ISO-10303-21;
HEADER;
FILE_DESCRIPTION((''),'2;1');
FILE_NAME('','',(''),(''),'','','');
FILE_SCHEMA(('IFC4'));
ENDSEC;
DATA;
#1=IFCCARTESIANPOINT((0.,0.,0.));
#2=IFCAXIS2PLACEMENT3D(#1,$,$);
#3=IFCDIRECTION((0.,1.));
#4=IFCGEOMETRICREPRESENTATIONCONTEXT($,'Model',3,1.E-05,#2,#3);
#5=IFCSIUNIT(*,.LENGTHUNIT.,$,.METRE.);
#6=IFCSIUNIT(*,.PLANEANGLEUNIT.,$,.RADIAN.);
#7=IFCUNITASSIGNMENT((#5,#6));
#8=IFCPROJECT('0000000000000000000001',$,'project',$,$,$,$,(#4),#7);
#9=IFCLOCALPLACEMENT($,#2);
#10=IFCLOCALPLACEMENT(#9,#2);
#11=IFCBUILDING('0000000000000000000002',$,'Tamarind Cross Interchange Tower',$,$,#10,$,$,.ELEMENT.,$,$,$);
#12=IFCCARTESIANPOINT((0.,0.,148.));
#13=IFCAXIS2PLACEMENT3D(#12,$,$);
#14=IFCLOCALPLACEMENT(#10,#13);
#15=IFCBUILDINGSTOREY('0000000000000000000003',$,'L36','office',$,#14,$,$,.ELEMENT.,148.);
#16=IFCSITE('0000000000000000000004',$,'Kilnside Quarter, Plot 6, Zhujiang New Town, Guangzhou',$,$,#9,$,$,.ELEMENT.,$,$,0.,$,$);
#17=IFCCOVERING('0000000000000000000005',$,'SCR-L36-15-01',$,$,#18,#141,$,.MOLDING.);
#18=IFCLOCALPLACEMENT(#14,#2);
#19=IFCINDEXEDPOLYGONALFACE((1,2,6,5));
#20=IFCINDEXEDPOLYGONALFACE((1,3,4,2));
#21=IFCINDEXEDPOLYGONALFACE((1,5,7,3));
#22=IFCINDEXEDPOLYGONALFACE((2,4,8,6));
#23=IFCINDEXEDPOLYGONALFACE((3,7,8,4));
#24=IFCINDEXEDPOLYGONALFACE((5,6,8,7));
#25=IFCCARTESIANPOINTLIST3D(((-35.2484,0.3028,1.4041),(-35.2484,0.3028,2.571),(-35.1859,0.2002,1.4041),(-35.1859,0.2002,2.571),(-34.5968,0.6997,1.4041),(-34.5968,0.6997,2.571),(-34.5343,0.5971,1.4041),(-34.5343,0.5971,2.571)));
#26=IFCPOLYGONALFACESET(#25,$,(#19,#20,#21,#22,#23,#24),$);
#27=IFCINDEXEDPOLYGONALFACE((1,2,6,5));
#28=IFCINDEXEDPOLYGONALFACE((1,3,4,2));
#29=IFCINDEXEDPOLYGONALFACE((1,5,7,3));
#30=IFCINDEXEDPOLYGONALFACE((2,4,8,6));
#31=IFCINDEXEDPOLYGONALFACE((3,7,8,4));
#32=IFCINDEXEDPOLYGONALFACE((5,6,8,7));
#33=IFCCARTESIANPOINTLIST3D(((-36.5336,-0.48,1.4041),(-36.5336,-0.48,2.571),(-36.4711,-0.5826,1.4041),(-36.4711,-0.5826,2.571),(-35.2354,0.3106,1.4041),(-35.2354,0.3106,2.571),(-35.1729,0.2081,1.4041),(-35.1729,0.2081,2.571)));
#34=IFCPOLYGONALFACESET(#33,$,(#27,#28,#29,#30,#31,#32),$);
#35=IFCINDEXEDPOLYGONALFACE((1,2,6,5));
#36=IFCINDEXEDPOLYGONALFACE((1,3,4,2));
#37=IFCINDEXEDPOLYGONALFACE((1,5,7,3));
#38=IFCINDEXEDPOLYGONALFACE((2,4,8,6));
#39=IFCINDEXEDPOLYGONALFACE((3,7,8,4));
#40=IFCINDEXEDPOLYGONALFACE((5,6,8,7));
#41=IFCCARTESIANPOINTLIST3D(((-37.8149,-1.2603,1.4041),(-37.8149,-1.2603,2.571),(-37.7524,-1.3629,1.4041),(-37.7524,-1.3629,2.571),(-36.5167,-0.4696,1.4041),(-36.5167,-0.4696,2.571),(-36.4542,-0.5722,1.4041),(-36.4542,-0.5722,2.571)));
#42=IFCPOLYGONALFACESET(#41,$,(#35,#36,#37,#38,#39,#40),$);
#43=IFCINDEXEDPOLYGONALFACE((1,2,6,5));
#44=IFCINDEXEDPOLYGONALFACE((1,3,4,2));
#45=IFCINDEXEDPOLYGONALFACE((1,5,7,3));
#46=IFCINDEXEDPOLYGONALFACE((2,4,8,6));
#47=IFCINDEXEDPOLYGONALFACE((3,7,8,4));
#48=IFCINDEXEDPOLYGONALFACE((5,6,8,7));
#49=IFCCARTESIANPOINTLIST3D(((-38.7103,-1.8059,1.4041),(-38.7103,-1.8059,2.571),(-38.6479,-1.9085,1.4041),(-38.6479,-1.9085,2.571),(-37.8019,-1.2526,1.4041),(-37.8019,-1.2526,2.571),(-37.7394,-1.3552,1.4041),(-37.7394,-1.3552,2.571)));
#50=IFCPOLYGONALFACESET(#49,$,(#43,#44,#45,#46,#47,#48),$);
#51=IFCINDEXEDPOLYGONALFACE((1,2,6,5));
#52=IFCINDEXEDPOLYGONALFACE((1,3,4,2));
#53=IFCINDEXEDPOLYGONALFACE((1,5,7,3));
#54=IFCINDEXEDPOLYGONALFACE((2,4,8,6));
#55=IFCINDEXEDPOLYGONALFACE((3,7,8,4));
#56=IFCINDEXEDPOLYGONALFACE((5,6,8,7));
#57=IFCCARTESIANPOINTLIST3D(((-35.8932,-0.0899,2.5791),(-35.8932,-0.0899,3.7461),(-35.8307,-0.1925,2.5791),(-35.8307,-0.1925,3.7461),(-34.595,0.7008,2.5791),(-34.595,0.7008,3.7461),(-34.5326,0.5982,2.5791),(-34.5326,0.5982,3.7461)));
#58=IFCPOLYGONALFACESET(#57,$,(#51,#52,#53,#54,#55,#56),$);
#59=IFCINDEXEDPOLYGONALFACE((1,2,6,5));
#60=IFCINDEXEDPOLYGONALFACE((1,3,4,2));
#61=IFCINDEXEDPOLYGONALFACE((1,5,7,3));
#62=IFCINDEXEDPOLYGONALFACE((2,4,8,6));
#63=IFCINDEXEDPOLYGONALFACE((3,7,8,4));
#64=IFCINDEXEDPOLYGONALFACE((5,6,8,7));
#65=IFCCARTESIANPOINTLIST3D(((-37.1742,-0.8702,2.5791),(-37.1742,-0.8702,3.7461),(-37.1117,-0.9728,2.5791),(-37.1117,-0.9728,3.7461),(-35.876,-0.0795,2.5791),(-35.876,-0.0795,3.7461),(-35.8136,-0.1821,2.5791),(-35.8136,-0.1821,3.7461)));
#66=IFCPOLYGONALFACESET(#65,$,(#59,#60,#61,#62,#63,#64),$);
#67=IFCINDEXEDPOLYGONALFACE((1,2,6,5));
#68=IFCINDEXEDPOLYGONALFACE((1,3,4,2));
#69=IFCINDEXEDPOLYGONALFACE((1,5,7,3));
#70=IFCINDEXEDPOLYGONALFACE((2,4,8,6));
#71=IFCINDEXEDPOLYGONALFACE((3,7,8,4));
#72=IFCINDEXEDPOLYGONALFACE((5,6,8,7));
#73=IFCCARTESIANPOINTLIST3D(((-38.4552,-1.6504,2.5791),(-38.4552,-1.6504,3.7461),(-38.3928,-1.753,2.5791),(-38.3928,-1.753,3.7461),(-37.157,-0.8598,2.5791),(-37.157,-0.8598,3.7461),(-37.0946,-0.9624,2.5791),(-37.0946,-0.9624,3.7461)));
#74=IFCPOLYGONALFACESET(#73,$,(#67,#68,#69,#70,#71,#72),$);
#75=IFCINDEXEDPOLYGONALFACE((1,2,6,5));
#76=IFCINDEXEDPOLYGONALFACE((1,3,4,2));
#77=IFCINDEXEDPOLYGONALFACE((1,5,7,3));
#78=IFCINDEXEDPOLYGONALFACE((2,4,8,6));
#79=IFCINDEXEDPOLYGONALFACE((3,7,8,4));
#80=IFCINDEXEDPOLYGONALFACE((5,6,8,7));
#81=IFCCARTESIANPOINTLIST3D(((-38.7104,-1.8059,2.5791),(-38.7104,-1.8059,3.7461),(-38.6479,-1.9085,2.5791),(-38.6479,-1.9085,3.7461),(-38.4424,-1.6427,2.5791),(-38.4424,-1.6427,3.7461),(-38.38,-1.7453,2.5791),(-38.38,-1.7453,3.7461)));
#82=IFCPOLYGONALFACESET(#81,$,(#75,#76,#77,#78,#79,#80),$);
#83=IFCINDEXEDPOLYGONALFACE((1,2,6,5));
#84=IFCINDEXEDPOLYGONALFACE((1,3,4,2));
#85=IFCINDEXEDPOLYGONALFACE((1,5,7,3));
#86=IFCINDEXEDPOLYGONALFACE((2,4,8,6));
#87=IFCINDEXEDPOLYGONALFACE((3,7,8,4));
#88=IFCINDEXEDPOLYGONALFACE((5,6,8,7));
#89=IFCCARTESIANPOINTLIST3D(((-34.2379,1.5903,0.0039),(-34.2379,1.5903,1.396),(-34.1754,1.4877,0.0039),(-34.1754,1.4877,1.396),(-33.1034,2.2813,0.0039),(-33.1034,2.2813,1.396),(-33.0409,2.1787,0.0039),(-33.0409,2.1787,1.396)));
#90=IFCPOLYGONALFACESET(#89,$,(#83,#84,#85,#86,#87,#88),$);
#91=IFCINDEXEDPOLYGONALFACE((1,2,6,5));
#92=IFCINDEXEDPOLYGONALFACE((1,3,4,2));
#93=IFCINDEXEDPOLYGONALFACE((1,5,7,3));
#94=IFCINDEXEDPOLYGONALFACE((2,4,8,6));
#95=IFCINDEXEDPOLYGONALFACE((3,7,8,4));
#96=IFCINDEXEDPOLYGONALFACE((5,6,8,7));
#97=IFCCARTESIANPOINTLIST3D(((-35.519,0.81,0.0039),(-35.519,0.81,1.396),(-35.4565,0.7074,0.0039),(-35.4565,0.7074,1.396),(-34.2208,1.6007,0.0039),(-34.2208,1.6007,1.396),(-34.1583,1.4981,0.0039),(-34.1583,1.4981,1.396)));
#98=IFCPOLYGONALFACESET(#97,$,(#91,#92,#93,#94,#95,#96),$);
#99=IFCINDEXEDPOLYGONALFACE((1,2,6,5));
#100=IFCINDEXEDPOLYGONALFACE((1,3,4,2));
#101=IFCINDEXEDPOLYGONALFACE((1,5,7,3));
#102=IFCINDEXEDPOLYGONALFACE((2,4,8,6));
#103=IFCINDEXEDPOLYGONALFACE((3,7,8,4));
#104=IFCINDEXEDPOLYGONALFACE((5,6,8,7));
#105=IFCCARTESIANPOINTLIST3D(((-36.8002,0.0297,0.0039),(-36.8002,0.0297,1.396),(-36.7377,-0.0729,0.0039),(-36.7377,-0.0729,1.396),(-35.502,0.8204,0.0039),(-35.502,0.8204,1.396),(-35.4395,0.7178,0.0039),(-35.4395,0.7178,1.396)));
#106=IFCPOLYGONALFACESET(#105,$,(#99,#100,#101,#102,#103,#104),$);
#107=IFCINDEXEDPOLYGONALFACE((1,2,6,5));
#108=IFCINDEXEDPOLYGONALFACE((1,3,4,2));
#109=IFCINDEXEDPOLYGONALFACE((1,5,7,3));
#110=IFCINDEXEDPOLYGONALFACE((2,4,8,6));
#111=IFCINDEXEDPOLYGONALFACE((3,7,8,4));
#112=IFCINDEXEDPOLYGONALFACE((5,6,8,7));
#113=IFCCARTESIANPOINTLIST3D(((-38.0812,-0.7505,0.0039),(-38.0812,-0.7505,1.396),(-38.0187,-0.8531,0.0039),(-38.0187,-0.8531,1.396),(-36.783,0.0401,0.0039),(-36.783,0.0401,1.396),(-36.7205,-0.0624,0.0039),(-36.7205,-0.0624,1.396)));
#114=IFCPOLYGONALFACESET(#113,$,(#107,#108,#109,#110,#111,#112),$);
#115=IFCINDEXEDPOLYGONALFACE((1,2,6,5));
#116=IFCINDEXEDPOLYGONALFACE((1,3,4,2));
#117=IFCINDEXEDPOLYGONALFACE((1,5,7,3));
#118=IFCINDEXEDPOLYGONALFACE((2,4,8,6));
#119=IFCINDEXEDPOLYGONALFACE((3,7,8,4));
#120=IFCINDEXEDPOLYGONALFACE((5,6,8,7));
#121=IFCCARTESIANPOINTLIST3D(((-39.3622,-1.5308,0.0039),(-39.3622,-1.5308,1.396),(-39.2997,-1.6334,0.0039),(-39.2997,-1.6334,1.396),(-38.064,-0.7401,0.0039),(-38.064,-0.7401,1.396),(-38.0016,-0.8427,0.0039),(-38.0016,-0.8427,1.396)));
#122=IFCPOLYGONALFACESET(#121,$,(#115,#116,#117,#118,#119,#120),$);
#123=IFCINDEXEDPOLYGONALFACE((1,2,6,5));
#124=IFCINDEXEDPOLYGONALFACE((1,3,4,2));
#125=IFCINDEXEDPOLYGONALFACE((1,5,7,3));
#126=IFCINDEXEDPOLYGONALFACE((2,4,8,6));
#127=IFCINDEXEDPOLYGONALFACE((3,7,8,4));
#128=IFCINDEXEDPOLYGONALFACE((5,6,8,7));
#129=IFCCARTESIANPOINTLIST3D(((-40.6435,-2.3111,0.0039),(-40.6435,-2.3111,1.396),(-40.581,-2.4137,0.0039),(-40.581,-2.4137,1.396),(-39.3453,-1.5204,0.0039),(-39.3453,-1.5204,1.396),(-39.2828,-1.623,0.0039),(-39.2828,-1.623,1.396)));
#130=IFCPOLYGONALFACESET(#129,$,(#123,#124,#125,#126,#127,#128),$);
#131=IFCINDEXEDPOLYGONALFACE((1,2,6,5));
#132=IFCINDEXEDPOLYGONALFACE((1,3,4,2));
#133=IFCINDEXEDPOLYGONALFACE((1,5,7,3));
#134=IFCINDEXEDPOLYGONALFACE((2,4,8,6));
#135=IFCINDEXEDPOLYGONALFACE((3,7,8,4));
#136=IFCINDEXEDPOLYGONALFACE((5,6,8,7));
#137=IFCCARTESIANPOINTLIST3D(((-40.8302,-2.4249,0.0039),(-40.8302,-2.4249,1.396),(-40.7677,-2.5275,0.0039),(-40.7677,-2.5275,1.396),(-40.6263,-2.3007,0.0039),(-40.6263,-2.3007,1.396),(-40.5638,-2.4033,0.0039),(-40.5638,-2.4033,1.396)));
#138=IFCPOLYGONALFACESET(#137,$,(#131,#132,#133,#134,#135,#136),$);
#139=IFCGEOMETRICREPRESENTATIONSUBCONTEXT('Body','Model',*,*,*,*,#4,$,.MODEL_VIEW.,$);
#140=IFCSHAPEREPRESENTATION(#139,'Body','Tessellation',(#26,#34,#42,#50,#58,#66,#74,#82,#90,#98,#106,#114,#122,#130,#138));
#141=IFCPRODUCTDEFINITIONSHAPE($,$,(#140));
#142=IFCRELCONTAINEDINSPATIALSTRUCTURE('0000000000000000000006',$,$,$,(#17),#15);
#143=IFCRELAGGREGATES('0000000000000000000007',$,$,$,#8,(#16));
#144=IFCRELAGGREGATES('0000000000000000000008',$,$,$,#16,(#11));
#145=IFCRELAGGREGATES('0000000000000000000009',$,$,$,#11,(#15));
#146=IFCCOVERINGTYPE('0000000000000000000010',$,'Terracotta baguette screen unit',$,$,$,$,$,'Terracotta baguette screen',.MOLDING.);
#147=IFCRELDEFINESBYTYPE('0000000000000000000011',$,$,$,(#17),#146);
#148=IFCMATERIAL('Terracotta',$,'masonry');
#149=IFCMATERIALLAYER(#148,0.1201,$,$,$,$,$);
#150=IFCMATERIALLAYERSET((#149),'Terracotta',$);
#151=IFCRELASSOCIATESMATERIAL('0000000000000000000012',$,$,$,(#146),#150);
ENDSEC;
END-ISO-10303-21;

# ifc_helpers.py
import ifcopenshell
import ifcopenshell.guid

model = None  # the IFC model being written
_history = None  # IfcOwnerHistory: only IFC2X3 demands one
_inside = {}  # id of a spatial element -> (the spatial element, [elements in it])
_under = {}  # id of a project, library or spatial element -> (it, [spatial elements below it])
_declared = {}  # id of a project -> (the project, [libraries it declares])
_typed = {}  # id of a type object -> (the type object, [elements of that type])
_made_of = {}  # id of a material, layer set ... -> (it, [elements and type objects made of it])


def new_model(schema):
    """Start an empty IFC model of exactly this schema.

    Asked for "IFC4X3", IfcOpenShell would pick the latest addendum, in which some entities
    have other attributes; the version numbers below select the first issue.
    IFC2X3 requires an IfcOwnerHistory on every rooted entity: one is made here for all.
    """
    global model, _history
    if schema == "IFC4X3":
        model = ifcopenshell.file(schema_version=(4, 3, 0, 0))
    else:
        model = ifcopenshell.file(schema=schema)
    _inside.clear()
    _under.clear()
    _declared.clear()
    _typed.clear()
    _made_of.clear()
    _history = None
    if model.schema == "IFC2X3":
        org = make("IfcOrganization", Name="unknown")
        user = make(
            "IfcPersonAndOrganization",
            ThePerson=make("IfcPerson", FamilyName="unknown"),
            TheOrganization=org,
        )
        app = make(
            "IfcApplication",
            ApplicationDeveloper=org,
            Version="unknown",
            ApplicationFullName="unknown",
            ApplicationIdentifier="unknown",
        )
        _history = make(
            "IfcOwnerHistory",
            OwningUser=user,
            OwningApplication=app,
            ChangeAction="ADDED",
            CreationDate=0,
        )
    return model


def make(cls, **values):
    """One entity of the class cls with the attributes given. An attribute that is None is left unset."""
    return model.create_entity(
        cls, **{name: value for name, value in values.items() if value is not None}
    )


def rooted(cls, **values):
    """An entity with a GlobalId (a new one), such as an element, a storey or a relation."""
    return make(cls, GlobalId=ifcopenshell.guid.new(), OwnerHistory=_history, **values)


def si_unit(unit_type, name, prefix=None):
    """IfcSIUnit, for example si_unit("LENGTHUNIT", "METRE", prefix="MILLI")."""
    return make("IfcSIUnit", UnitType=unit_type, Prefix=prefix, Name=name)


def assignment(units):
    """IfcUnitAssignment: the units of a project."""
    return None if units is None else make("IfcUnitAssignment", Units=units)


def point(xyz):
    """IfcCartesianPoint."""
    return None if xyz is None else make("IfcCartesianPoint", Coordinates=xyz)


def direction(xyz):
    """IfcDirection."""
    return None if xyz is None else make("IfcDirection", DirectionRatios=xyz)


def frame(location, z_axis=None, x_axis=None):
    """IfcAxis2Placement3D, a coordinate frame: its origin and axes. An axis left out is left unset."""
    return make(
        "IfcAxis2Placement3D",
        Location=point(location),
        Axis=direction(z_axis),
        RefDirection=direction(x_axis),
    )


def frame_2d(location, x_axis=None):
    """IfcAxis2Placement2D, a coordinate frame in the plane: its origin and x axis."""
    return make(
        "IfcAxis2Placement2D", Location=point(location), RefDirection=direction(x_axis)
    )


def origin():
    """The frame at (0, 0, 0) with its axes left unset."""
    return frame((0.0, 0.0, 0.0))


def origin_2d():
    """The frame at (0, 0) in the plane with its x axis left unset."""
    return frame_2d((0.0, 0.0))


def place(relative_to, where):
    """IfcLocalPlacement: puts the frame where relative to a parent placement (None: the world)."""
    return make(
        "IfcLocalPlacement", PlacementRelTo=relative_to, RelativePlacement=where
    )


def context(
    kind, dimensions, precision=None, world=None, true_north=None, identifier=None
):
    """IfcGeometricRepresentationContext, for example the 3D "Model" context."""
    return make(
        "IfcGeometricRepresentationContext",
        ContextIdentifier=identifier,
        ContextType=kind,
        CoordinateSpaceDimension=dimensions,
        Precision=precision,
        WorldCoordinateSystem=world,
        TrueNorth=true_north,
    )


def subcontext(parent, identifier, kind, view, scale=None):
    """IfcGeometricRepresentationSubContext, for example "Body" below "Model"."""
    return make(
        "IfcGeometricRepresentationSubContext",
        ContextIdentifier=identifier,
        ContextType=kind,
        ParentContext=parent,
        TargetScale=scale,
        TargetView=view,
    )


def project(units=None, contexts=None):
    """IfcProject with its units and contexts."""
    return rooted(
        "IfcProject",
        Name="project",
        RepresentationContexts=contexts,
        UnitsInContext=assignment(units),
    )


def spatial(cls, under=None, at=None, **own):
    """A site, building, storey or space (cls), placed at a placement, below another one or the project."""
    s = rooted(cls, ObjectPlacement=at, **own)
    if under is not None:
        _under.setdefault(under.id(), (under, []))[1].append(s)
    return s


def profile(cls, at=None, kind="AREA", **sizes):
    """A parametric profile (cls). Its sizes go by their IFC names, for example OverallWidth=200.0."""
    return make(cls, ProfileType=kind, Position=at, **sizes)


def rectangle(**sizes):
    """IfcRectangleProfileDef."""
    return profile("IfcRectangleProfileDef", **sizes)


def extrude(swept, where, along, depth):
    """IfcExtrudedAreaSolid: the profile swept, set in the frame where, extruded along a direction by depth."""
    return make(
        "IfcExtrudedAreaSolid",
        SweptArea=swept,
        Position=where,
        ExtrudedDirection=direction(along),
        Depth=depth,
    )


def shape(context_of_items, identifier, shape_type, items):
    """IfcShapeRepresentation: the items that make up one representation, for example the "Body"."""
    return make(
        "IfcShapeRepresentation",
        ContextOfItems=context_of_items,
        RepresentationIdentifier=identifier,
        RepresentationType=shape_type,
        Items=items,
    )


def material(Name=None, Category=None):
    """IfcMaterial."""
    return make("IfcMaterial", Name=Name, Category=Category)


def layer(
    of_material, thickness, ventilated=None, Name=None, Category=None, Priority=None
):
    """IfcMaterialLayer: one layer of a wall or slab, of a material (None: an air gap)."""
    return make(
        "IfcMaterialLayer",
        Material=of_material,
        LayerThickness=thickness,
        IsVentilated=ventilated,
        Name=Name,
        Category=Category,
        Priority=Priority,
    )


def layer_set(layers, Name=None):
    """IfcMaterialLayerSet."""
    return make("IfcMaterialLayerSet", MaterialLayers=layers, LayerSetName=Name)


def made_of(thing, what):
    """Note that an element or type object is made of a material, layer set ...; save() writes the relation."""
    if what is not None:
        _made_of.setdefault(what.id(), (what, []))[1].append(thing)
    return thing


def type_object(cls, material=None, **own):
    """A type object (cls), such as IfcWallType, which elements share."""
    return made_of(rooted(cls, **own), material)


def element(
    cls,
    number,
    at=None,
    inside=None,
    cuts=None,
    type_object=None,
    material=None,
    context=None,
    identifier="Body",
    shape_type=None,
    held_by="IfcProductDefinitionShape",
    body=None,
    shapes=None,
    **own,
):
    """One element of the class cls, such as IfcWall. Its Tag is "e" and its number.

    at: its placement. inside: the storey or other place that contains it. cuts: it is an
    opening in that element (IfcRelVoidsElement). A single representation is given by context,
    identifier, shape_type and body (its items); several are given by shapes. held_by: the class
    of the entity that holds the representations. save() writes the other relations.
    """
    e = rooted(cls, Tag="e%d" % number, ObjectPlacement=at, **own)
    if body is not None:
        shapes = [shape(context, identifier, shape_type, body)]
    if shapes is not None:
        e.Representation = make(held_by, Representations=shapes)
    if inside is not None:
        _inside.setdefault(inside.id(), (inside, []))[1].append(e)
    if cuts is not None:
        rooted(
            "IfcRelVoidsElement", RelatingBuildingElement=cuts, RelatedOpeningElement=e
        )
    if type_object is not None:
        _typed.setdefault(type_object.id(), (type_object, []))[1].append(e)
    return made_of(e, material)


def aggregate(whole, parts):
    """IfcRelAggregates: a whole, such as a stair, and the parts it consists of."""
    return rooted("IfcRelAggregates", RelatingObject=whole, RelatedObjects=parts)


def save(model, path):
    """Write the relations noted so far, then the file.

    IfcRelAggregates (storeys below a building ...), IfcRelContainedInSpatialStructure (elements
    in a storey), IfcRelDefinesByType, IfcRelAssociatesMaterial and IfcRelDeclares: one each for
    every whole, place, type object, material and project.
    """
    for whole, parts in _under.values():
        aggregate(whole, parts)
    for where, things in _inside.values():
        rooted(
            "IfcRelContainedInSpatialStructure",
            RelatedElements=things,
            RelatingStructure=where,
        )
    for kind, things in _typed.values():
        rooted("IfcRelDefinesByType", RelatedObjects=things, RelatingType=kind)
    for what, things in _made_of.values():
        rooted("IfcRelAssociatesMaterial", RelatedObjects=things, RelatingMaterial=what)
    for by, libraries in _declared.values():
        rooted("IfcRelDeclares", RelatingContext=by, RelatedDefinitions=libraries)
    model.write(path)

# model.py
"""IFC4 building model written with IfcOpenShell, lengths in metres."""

from ifc_helpers import new_model, si_unit, direction, frame, origin, origin_2d, place, context, subcontext, project, spatial, rectangle, extrude, material, layer, layer_set, type_object, element, save


model = new_model("IFC4")

# Units and contexts
model_context = context("Model", 3, precision=1e-05, world=origin(), true_north=direction((0.0, 1.0)))
body_context = subcontext(model_context, "Body", "Model", "MODEL_VIEW")
ifc_project = project(units=[si_unit("LENGTHUNIT", "METRE"), si_unit("PLANEANGLEUNIT", "RADIAN")], contexts=[model_context])

# Site, building, storey
site_placement = place(None, origin())
site = spatial("IfcSite", under=ifc_project, at=site_placement, Name="Kilnside Quarter, Plot 6, Zhujiang New Town, Guangzhou", CompositionType="ELEMENT", RefElevation=0.0)
building_placement = place(site_placement, origin())
building = spatial("IfcBuilding", under=site, at=building_placement, Name="Tamarind Cross Interchange Tower", CompositionType="ELEMENT")
storey_placement = place(building_placement, frame((0.0, 0.0, 148.0)))
storey = spatial("IfcBuildingStorey", under=building, at=storey_placement, Name="L36", Description="office", CompositionType="ELEMENT", Elevation=148.0)

# Covering
ifc_material_1 = material(Name="Terracotta", Category="masonry")
ifc_layer_1 = layer(ifc_material_1, 0.1201)
ifc_layer_set_1 = layer_set([ifc_layer_1], Name="Terracotta")
covering_type = type_object("IfcCoveringType", Name="Terracotta baguette screen unit", ElementType="Terracotta baguette screen", PredefinedType="MOLDING", material=ifc_layer_set_1)
covering_1_placement = place(storey_placement, origin())
element("IfcCovering", 1, at=covering_1_placement, inside=storey, type_object=covering_type, Name="SCR-L36-15-01", PredefinedType="MOLDING", context=body_context, shape_type="SweptSolid", body=[
    extrude(rectangle(XDim=0.7629, YDim=0.1201, at=origin_2d()), frame((-34.8914, 0.45, 1.4041), z_axis=(0.0, 0.0, 1.0), x_axis=(-0.85406, -0.520175, 0.0)), (0.0, 0.0, 1.0), 1.167),
    extrude(rectangle(XDim=1.52, YDim=0.1201, at=origin_2d()), frame((-35.8533, -0.136, 1.4041), z_axis=(0.0, 0.0, 1.0), x_axis=(-0.85406, -0.520175, 0.0)), (0.0, 0.0, 1.0), 1.167),
    extrude(rectangle(XDim=1.52, YDim=0.1201, at=origin_2d()), frame((-37.1345, -0.9163, 1.4041), z_axis=(0.0, 0.0, 1.0), x_axis=(-0.85406, -0.520175, 0.0)), (0.0, 0.0, 1.0), 1.167),
    extrude(rectangle(XDim=1.0637, YDim=0.1201, at=origin_2d()), frame((-38.2249, -1.5806, 1.4041), z_axis=(0.0, 0.0, 1.0), x_axis=(-0.85406, -0.520175, 0.0)), (0.0, 0.0, 1.0), 1.167),
    extrude(rectangle(XDim=1.52, YDim=0.1201, at=origin_2d()), frame((-35.2129, 0.2542, 2.5791), z_axis=(0.0, 0.0, 1.0), x_axis=(-0.85406, -0.520175, 0.0)), (0.0, 0.0, 1.0), 1.167),
    extrude(rectangle(XDim=1.52, YDim=0.1201, at=origin_2d()), frame((-36.4939, -0.5261, 2.5791), z_axis=(0.0, 0.0, 1.0), x_axis=(-0.85406, -0.520175, 0.0)), (0.0, 0.0, 1.0), 1.167),
    extrude(rectangle(XDim=1.52, YDim=0.1201, at=origin_2d()), frame((-37.7749, -1.3064, 2.5791), z_axis=(0.0, 0.0, 1.0), x_axis=(-0.85406, -0.520175, 0.0)), (0.0, 0.0, 1.0), 1.167),
    extrude(rectangle(XDim=0.3137, YDim=0.1201, at=origin_2d()), frame((-38.5452, -1.7756, 2.5791), z_axis=(0.0, 0.0, 1.0), x_axis=(-0.85406, -0.520175, 0.0)), (0.0, 0.0, 1.0), 1.167),
    extrude(rectangle(XDim=1.3284, YDim=0.1201, at=origin_2d()), frame((-33.6394, 1.8845, 0.0039), z_axis=(0.0, 0.0, 1.0), x_axis=(-0.85406, -0.520175, 0.0)), (0.0, 0.0, 1.0), 1.3921),
    extrude(rectangle(XDim=1.52, YDim=0.1201, at=origin_2d()), frame((-34.8386, 1.1541, 0.0039), z_axis=(0.0, 0.0, 1.0), x_axis=(-0.85406, -0.520175, 0.0)), (0.0, 0.0, 1.0), 1.3921),
    extrude(rectangle(XDim=1.52, YDim=0.1201, at=origin_2d()), frame((-36.1199, 0.3738, 0.0039), z_axis=(0.0, 0.0, 1.0), x_axis=(-0.85406, -0.520175, 0.0)), (0.0, 0.0, 1.0), 1.3921),
    extrude(rectangle(XDim=1.52, YDim=0.1201, at=origin_2d()), frame((-37.4009, -0.4065, 0.0039), z_axis=(0.0, 0.0, 1.0), x_axis=(-0.85406, -0.520175, 0.0)), (0.0, 0.0, 1.0), 1.3921),
    extrude(rectangle(XDim=1.52, YDim=0.1201, at=origin_2d()), frame((-38.6819, -1.1868, 0.0039), z_axis=(0.0, 0.0, 1.0), x_axis=(-0.85406, -0.520175, 0.0)), (0.0, 0.0, 1.0), 1.3921),
    extrude(rectangle(XDim=1.52, YDim=0.1201, at=origin_2d()), frame((-39.9631, -1.967, 0.0039), z_axis=(0.0, 0.0, 1.0), x_axis=(-0.85406, -0.520175, 0.0)), (0.0, 0.0, 1.0), 1.3921),
    extrude(rectangle(XDim=0.2388, YDim=0.1201, at=origin_2d()), frame((-40.697, -2.4141, 0.0039), z_axis=(0.0, 0.0, 1.0), x_axis=(-0.85406, -0.520175, 0.0)), (0.0, 0.0, 1.0), 1.3921),
])

save(model, "model.ifc")
